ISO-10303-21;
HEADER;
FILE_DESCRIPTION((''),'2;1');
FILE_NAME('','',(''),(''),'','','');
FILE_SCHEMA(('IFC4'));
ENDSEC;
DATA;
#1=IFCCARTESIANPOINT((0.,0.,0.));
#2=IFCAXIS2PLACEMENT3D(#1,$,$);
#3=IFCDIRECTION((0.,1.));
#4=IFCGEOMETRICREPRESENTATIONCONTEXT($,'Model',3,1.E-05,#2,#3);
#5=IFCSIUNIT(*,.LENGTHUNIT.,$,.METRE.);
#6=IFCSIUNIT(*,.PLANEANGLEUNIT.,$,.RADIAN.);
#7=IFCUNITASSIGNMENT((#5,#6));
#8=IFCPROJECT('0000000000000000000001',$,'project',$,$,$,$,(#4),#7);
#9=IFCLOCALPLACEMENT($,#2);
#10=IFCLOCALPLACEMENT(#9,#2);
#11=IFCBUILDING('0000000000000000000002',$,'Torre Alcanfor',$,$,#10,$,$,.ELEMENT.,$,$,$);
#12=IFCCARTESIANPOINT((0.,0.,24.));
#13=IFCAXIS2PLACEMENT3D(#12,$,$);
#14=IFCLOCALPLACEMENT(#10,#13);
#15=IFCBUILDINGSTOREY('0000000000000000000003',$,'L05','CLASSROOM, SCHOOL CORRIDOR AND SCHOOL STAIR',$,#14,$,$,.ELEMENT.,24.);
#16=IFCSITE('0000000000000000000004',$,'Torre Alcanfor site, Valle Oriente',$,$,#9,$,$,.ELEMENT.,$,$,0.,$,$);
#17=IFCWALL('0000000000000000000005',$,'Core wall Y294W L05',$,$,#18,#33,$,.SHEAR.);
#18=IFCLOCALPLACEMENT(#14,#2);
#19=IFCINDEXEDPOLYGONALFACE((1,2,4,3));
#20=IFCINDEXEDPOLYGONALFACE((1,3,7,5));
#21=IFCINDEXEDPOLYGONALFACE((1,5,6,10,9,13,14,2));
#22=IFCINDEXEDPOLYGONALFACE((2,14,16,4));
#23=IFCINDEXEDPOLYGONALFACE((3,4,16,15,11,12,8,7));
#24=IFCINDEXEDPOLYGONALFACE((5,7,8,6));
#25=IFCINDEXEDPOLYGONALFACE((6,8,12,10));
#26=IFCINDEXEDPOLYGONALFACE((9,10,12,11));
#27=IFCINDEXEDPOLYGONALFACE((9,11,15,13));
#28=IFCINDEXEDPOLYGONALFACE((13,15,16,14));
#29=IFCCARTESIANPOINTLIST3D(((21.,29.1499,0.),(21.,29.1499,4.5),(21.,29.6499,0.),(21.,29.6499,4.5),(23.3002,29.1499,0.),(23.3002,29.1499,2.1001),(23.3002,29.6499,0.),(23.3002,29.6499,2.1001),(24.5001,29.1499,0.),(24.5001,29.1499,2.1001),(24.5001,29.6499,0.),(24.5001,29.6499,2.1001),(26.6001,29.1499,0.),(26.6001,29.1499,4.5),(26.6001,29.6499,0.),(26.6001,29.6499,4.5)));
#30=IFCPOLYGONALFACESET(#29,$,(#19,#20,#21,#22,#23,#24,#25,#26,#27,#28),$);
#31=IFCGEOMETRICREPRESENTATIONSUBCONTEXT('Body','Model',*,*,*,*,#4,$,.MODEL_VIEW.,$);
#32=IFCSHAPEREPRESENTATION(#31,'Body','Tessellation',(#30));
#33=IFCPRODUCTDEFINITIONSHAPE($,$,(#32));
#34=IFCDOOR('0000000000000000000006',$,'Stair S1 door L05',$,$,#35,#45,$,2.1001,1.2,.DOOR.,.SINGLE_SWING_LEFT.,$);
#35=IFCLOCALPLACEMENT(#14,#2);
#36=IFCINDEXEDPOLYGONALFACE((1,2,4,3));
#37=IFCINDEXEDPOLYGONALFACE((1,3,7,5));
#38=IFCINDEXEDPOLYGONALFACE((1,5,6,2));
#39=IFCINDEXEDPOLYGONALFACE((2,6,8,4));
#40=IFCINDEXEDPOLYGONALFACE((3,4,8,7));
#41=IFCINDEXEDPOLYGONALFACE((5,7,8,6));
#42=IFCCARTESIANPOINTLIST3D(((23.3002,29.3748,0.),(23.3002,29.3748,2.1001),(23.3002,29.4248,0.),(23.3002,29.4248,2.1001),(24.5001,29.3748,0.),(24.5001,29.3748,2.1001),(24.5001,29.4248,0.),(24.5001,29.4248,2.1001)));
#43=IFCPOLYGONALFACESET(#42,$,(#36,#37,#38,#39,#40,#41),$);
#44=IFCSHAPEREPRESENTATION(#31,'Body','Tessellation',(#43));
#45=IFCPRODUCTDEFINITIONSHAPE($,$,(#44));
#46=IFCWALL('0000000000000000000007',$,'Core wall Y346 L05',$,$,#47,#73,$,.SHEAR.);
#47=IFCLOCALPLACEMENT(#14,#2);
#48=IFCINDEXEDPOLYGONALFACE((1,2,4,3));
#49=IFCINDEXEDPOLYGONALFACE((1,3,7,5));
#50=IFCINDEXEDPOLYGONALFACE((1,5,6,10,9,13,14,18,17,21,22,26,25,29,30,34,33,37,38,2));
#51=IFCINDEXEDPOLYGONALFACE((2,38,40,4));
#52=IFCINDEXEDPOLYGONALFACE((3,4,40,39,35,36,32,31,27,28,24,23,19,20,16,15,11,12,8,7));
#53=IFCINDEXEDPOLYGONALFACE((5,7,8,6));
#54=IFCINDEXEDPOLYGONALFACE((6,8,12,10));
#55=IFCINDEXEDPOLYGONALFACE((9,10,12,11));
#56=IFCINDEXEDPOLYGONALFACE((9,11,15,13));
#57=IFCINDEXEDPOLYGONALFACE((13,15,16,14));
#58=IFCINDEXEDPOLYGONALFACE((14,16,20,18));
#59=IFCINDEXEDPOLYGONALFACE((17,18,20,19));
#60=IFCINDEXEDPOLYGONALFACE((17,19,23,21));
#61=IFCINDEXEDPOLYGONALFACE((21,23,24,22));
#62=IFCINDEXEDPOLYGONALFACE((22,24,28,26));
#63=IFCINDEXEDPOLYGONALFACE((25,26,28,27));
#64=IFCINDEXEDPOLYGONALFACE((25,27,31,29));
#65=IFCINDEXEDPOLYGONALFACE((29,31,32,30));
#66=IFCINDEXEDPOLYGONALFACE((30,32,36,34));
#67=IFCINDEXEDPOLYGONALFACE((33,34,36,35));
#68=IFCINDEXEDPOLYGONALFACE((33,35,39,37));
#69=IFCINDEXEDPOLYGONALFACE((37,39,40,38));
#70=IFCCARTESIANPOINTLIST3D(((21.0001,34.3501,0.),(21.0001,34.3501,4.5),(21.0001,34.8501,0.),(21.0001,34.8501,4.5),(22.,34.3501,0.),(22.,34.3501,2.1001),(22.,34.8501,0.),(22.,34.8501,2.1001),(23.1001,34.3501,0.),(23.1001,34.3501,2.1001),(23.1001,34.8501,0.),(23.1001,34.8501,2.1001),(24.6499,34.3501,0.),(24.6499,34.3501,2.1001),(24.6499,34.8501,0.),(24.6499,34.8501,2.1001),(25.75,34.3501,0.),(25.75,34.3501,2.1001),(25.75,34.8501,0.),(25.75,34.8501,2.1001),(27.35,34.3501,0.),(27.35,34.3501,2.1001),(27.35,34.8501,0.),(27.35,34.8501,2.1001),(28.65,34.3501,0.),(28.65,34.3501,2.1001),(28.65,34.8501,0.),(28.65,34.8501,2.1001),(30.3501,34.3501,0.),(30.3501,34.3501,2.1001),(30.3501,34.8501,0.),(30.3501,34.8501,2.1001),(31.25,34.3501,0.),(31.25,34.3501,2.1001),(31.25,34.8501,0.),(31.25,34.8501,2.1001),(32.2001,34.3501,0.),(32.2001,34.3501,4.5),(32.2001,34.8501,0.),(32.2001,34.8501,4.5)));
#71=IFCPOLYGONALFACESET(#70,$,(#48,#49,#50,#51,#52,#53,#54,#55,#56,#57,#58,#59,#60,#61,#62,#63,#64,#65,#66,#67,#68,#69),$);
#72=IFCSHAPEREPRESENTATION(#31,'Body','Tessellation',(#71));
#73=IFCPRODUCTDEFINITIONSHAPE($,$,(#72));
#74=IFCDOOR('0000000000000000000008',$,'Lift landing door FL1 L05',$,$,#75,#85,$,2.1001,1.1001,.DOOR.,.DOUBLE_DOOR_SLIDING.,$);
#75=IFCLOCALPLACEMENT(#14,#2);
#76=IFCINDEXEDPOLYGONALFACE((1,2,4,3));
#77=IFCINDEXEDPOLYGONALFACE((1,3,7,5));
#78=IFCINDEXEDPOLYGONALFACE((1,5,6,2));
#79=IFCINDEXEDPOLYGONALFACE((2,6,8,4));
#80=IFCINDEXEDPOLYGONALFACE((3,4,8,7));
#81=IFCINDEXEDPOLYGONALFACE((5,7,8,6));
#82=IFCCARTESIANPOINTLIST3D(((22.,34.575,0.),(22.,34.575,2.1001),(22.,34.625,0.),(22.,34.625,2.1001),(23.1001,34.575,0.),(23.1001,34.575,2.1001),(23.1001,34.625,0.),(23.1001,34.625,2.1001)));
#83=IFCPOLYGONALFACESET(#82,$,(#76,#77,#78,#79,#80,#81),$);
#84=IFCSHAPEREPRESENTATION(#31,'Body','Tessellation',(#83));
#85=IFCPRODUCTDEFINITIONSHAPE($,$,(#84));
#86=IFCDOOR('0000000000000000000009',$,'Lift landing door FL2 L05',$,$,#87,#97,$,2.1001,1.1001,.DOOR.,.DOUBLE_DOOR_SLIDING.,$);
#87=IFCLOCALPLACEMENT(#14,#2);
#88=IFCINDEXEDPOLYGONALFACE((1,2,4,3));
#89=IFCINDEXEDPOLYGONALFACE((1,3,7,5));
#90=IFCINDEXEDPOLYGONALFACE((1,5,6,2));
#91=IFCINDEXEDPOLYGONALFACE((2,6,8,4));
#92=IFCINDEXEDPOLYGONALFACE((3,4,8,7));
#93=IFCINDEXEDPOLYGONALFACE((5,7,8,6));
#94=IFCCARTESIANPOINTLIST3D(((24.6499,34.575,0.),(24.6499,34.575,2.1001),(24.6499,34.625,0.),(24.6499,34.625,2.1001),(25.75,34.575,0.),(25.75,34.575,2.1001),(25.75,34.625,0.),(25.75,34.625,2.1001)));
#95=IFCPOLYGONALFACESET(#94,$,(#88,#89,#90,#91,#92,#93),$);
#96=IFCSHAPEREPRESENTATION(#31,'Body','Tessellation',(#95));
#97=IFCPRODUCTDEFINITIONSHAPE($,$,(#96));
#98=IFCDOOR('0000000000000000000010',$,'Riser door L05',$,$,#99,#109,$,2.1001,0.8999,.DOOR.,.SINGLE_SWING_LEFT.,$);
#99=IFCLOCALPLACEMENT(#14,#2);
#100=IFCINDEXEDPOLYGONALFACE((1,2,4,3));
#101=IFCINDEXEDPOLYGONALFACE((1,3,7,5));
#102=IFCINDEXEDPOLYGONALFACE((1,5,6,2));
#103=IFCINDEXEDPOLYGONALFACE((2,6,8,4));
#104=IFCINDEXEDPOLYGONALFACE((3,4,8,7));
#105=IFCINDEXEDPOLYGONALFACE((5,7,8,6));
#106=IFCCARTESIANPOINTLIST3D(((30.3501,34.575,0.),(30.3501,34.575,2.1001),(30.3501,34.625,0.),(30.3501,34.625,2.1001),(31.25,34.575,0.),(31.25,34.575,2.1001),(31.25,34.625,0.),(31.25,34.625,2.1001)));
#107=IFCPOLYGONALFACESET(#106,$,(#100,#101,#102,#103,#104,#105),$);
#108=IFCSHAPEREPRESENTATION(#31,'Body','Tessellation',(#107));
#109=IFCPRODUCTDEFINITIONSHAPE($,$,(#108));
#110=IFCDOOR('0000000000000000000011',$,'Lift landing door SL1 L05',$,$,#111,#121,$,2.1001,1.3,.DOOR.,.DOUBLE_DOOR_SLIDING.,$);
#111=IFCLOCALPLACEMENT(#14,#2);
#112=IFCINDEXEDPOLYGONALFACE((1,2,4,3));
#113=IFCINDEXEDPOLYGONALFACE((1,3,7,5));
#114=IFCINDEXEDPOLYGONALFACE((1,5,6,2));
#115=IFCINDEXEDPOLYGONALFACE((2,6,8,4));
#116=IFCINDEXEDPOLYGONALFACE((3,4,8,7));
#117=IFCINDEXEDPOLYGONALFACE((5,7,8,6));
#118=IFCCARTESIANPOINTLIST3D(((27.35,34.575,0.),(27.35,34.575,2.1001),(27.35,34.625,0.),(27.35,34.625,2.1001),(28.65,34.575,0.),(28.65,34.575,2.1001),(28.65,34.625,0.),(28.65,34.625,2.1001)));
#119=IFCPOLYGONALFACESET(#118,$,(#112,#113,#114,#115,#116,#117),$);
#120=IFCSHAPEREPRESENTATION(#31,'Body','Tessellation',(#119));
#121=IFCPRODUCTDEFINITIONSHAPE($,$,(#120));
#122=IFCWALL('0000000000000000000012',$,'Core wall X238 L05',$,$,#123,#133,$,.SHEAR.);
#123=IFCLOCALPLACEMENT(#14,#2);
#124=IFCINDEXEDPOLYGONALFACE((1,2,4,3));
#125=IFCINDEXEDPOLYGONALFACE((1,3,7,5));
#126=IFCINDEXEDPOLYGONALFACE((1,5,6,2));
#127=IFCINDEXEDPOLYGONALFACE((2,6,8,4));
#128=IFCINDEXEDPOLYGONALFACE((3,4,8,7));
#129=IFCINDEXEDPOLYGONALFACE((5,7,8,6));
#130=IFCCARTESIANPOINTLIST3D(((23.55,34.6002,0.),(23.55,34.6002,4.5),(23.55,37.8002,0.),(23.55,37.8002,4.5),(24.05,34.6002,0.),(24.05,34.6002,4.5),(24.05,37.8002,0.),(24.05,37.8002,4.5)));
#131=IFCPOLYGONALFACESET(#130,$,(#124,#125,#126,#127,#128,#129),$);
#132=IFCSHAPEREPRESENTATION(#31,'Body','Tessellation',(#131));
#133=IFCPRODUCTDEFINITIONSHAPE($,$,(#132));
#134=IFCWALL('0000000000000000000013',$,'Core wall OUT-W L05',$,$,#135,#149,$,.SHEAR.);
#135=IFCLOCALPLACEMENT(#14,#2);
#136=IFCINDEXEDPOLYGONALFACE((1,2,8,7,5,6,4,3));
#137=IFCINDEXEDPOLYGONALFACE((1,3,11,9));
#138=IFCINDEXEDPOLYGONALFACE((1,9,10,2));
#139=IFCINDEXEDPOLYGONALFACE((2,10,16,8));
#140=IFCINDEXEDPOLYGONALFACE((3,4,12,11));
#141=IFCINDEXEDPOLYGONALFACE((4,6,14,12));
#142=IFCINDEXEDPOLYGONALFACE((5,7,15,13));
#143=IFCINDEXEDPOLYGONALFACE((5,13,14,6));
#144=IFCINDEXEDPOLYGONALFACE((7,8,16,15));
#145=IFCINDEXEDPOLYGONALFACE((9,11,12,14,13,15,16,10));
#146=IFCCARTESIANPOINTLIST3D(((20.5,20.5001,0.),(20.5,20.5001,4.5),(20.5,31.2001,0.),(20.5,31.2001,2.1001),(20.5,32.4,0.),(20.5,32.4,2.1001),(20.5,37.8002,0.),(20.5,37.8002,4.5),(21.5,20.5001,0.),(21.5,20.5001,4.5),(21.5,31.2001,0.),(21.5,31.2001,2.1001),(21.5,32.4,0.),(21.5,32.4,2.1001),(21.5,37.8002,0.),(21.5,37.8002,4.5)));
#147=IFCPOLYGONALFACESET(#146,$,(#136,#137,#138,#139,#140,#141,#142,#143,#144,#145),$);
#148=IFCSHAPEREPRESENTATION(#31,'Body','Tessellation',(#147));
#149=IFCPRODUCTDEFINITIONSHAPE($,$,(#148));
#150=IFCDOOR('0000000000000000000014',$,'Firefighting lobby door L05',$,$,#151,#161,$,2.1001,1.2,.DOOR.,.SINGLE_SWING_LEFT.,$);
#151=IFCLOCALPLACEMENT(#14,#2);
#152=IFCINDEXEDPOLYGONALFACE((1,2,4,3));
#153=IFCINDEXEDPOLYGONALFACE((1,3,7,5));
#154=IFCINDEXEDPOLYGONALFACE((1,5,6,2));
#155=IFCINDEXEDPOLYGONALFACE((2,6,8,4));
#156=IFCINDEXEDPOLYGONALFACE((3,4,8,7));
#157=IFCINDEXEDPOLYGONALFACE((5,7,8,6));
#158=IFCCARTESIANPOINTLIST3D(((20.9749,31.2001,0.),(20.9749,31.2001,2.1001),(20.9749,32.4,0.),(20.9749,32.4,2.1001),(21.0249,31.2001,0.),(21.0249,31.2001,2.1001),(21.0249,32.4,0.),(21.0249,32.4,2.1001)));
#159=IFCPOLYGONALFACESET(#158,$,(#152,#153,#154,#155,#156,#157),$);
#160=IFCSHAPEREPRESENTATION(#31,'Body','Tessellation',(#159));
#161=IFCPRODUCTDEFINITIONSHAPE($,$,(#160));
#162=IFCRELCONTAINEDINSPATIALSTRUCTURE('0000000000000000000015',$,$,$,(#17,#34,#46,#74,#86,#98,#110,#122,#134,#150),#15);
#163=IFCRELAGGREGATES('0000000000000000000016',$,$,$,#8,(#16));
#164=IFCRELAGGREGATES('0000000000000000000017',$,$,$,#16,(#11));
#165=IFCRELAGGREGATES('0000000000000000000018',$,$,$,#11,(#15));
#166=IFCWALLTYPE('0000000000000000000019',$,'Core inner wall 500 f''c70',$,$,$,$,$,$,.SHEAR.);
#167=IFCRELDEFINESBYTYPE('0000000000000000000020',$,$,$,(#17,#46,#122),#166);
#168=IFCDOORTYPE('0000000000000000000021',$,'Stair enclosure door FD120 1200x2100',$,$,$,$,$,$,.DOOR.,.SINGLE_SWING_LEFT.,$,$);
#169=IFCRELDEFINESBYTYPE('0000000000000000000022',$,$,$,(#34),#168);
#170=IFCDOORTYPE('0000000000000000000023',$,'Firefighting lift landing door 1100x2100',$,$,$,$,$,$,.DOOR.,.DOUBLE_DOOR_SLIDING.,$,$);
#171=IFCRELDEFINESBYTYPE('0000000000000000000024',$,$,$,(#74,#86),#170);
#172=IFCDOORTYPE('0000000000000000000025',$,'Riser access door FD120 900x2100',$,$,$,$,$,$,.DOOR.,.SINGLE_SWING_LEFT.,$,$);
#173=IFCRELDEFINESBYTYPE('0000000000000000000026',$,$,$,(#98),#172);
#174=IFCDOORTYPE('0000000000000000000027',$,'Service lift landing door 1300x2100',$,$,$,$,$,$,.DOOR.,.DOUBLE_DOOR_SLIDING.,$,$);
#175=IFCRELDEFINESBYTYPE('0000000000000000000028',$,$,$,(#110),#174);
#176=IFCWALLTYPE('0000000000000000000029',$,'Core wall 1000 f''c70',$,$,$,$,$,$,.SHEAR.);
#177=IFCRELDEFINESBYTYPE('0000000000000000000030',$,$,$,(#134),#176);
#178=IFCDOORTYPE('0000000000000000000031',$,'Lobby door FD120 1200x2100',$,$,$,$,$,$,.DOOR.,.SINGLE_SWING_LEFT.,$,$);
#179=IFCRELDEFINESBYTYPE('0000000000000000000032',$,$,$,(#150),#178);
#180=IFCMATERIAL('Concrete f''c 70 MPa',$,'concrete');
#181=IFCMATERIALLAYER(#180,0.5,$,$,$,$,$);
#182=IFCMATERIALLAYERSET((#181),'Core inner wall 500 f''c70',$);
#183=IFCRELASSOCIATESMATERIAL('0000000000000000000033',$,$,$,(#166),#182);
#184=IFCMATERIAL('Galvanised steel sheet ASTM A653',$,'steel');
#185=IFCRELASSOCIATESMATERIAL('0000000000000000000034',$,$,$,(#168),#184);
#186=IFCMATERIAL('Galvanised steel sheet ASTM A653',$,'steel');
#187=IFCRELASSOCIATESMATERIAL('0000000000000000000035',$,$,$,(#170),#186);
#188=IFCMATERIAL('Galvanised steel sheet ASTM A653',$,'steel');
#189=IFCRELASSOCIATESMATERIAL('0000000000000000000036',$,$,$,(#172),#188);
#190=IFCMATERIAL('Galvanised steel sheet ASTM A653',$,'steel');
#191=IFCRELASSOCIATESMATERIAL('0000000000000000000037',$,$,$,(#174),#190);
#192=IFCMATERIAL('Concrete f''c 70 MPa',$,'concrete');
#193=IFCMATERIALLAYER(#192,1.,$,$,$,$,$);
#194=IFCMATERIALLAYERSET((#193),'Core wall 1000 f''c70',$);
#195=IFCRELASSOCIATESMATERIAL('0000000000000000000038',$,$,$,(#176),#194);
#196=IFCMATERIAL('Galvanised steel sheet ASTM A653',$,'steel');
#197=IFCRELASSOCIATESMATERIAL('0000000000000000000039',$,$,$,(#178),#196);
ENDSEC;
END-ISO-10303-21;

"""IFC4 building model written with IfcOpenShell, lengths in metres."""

from ifc_helpers import new_model, si_unit, direction, frame, frame_2d, origin, place, context, subcontext, project, spatial, rectangle, extrude, material, layer, layer_set, type_object, element, fill, save


model = new_model("IFC4")

# Units and contexts
model_context = context("Model", 3, precision=1e-05, world=origin(), true_north=direction((0.0, 1.0)))
body_context = subcontext(model_context, "Body", "Model", "MODEL_VIEW")
ifc_project = project(units=[si_unit("LENGTHUNIT", "METRE"), si_unit("PLANEANGLEUNIT", "RADIAN")], contexts=[model_context])

# Site, building, storey
site_placement = place(None, origin())
site = spatial("IfcSite", under=ifc_project, at=site_placement, Name="Torre Alcanfor site, Valle Oriente", CompositionType="ELEMENT", RefElevation=0.0)
building_placement = place(site_placement, origin())
building = spatial("IfcBuilding", under=site, at=building_placement, Name="Torre Alcanfor", CompositionType="ELEMENT")
storey_placement = place(building_placement, frame((0.0, 0.0, 24.0)))
storey = spatial("IfcBuildingStorey", under=building, at=storey_placement, Name="L05", Description="CLASSROOM, SCHOOL CORRIDOR AND SCHOOL STAIR", CompositionType="ELEMENT", Elevation=24.0)

# Wall, opening, door
ifc_material_1 = material(Name="Concrete f'c 70 MPa", Category="concrete")
ifc_layer_1 = layer(ifc_material_1, 0.5)
ifc_layer_set_1 = layer_set([ifc_layer_1], Name="Core inner wall 500 f'c70")
wall_type_1 = type_object("IfcWallType", Name="Core inner wall 500 f'c70", PredefinedType="SHEAR", material=ifc_layer_set_1)
wall_1_placement = place(storey_placement, frame((21.0, 29.3999, 0.0), z_axis=(0.0, 0.0, 1.0), x_axis=(1.0, 0.0, 0.0)))
wall_1 = element("IfcWall", 1, at=wall_1_placement, inside=storey, type_object=wall_type_1, Name="Core wall Y294W L05", PredefinedType="SHEAR", context=body_context, shape_type="SweptSolid", body=[
    extrude(rectangle(XDim=5.6001, YDim=0.5, at=frame_2d((2.8, 0.0))), origin(), (0.0, 0.0, 1.0), 4.5),
])
opening_1_placement = place(wall_1_placement, frame((2.3, 0.0, 0.0)))
opening_1 = element("IfcOpeningElement", 2, at=opening_1_placement, cuts=wall_1, PredefinedType="OPENING", context=body_context, shape_type="SweptSolid", body=[
    extrude(rectangle(XDim=1.2, YDim=2.1001, at=frame_2d((0.6001, 1.05))), frame((0.0, 0.26, 0.0), z_axis=(0.0, -1.0, 0.0), x_axis=(1.0, 0.0, 0.0)), (0.0, 0.0, 1.0), 0.52),
])
ifc_material_2 = material(Name="Galvanised steel sheet ASTM A653", Category="steel")
door_type_1 = type_object("IfcDoorType", Name="Stair enclosure door FD120 1200x2100", OperationType="SINGLE_SWING_LEFT", PredefinedType="DOOR", material=ifc_material_2)
door_1_placement = place(opening_1_placement, frame((1.2, 0.0, 0.0), z_axis=(0.0, 0.0, 1.0), x_axis=(-1.0, 0.0, 0.0)))
door_1 = element("IfcDoor", 3, at=door_1_placement, inside=storey, type_object=door_type_1, Name="Stair S1 door L05", OperationType="SINGLE_SWING_LEFT", OverallHeight=2.1001, OverallWidth=1.2, PredefinedType="DOOR", context=body_context, shape_type="SweptSolid", body=[
    extrude(rectangle(XDim=1.2, YDim=2.1001, at=frame_2d((0.5999, 1.05))), frame((0.0, 0.0251, 0.0), z_axis=(0.0, -1.0, 0.0), x_axis=(1.0, 0.0, 0.0)), (0.0, 0.0, 1.0), 0.05),
])
fill(opening_1, door_1)

# Wall, openings, doors
wall_2_placement = place(storey_placement, frame((21.0, 34.6001, 0.0), z_axis=(0.0, 0.0, 1.0), x_axis=(1.0, 0.0, 0.0)))
wall_2 = element("IfcWall", 4, at=wall_2_placement, inside=storey, type_object=wall_type_1, Name="Core wall Y346 L05", PredefinedType="SHEAR", context=body_context, shape_type="SweptSolid", body=[
    extrude(rectangle(XDim=11.2, YDim=0.5, at=frame_2d((5.6001, 0.0))), origin(), (0.0, 0.0, 1.0), 4.5),
])
opening_2_placement = place(wall_2_placement, frame((9.3501, 0.0, 0.0)))
opening_2 = element("IfcOpeningElement", 5, at=opening_2_placement, cuts=wall_2, PredefinedType="OPENING", context=body_context, shape_type="SweptSolid", body=[
    extrude(rectangle(XDim=0.8999, YDim=2.1001, at=frame_2d((0.45, 1.05))), frame((0.0, 0.26, 0.0), z_axis=(0.0, -1.0, 0.0), x_axis=(1.0, 0.0, 0.0)), (0.0, 0.0, 1.0), 0.52),
])
opening_3_placement = place(wall_2_placement, frame((1.0, 0.0, 0.0)))
opening_3 = element("IfcOpeningElement", 6, at=opening_3_placement, cuts=wall_2, PredefinedType="OPENING", context=body_context, shape_type="SweptSolid", body=[
    extrude(rectangle(XDim=1.1001, YDim=2.1001, at=frame_2d((0.55, 1.05))), frame((0.0, 0.26, 0.0), z_axis=(0.0, -1.0, 0.0), x_axis=(1.0, 0.0, 0.0)), (0.0, 0.0, 1.0), 0.52),
])
opening_4_placement = place(wall_2_placement, frame((3.6499, 0.0, 0.0)))
opening_4 = element("IfcOpeningElement", 7, at=opening_4_placement, cuts=wall_2, PredefinedType="OPENING", context=body_context, shape_type="SweptSolid", body=[
    extrude(rectangle(XDim=1.1001, YDim=2.1001, at=frame_2d((0.55, 1.05))), frame((0.0, 0.26, 0.0), z_axis=(0.0, -1.0, 0.0), x_axis=(1.0, 0.0, 0.0)), (0.0, 0.0, 1.0), 0.52),
])
opening_5_placement = place(wall_2_placement, frame((6.3501, 0.0, 0.0)))
opening_5 = element("IfcOpeningElement", 8, at=opening_5_placement, cuts=wall_2, PredefinedType="OPENING", context=body_context, shape_type="SweptSolid", body=[
    extrude(rectangle(XDim=1.3, YDim=2.1001, at=frame_2d((0.6499, 1.05))), frame((0.0, 0.26, 0.0), z_axis=(0.0, -1.0, 0.0), x_axis=(1.0, 0.0, 0.0)), (0.0, 0.0, 1.0), 0.52),
])
ifc_material_3 = material(Name="Galvanised steel sheet ASTM A653", Category="steel")
door_type_2 = type_object("IfcDoorType", Name="Firefighting lift landing door 1100x2100", OperationType="DOUBLE_DOOR_SLIDING", PredefinedType="DOOR", material=ifc_material_3)
door_2_placement = place(opening_3_placement, origin())
door_2 = element("IfcDoor", 9, at=door_2_placement, inside=storey, type_object=door_type_2, Name="Lift landing door FL1 L05", OperationType="DOUBLE_DOOR_SLIDING", OverallHeight=2.1001, OverallWidth=1.1001, PredefinedType="DOOR", context=body_context, shape_type="SweptSolid", body=[
    extrude(rectangle(XDim=1.1001, YDim=2.1001, at=frame_2d((0.55, 1.05))), frame((0.0, 0.0249, 0.0), z_axis=(0.0, -1.0, 0.0), x_axis=(1.0, 0.0, 0.0)), (0.0, 0.0, 1.0), 0.05),
])
fill(opening_3, door_2)
door_3_placement = place(opening_4_placement, origin())
door_3 = element("IfcDoor", 10, at=door_3_placement, inside=storey, type_object=door_type_2, Name="Lift landing door FL2 L05", OperationType="DOUBLE_DOOR_SLIDING", OverallHeight=2.1001, OverallWidth=1.1001, PredefinedType="DOOR", context=body_context, shape_type="SweptSolid", body=[
    extrude(rectangle(XDim=1.1001, YDim=2.1001, at=frame_2d((0.55, 1.05))), frame((0.0, 0.0249, 0.0), z_axis=(0.0, -1.0, 0.0), x_axis=(1.0, 0.0, 0.0)), (0.0, 0.0, 1.0), 0.05),
])
fill(opening_4, door_3)
ifc_material_4 = material(Name="Galvanised steel sheet ASTM A653", Category="steel")
door_type_3 = type_object("IfcDoorType", Name="Riser access door FD120 900x2100", OperationType="SINGLE_SWING_LEFT", PredefinedType="DOOR", material=ifc_material_4)
door_4_placement = place(opening_2_placement, origin())
door_4 = element("IfcDoor", 11, at=door_4_placement, inside=storey, type_object=door_type_3, Name="Riser door L05", OperationType="SINGLE_SWING_LEFT", OverallHeight=2.1001, OverallWidth=0.8999, PredefinedType="DOOR", context=body_context, shape_type="SweptSolid", body=[
    extrude(rectangle(XDim=0.8999, YDim=2.1001, at=frame_2d((0.45, 1.05))), frame((0.0, 0.0249, 0.0), z_axis=(0.0, -1.0, 0.0), x_axis=(1.0, 0.0, 0.0)), (0.0, 0.0, 1.0), 0.05),
])
fill(opening_2, door_4)
ifc_material_5 = material(Name="Galvanised steel sheet ASTM A653", Category="steel")
door_type_4 = type_object("IfcDoorType", Name="Service lift landing door 1300x2100", OperationType="DOUBLE_DOOR_SLIDING", PredefinedType="DOOR", material=ifc_material_5)
door_5_placement = place(opening_5_placement, origin())
door_5 = element("IfcDoor", 12, at=door_5_placement, inside=storey, type_object=door_type_4, Name="Lift landing door SL1 L05", OperationType="DOUBLE_DOOR_SLIDING", OverallHeight=2.1001, OverallWidth=1.3, PredefinedType="DOOR", context=body_context, shape_type="SweptSolid", body=[
    extrude(rectangle(XDim=1.3, YDim=2.1001, at=frame_2d((0.6499, 1.05))), frame((0.0, 0.0249, 0.0), z_axis=(0.0, -1.0, 0.0), x_axis=(1.0, 0.0, 0.0)), (0.0, 0.0, 1.0), 0.05),
])
fill(opening_5, door_5)

# Wall
wall_3_placement = place(storey_placement, frame((23.8, 34.6001, 0.0), z_axis=(0.0, 0.0, 1.0), x_axis=(0.0, 1.0, 0.0)))
element("IfcWall", 13, at=wall_3_placement, inside=storey, type_object=wall_type_1, Name="Core wall X238 L05", PredefinedType="SHEAR", context=body_context, shape_type="SweptSolid", body=[
    extrude(rectangle(XDim=3.2, YDim=0.5, at=frame_2d((1.6001, 0.0))), origin(), (0.0, 0.0, 1.0), 4.5),
])

# Wall, opening, door
ifc_material_6 = material(Name="Concrete f'c 70 MPa", Category="concrete")
ifc_layer_2 = layer(ifc_material_6, 1.0)
ifc_layer_set_2 = layer_set([ifc_layer_2], Name="Core wall 1000 f'c70")
wall_type_2 = type_object("IfcWallType", Name="Core wall 1000 f'c70", PredefinedType="SHEAR", material=ifc_layer_set_2)
wall_4_placement = place(storey_placement, frame((21.0, 37.8, 0.0), z_axis=(0.0, 0.0, 1.0), x_axis=(0.0, -1.0, 0.0)))
wall_4 = element("IfcWall", 14, at=wall_4_placement, inside=storey, type_object=wall_type_2, Name="Core wall OUT-W L05", PredefinedType="SHEAR", context=body_context, shape_type="SweptSolid", body=[
    extrude(rectangle(XDim=17.3, YDim=1.0, at=frame_2d((8.6499, 0.0))), origin(), (0.0, 0.0, 1.0), 4.5),
])
opening_6_placement = place(wall_4_placement, frame((5.3999, 0.0, 0.0)))
opening_6 = element("IfcOpeningElement", 15, at=opening_6_placement, cuts=wall_4, PredefinedType="OPENING", context=body_context, shape_type="SweptSolid", body=[
    extrude(rectangle(XDim=1.2, YDim=2.1001, at=frame_2d((0.6001, 1.05))), frame((0.0, 0.51, 0.0), z_axis=(0.0, -1.0, 0.0), x_axis=(1.0, 0.0, 0.0)), (0.0, 0.0, 1.0), 1.02),
])
ifc_material_7 = material(Name="Galvanised steel sheet ASTM A653", Category="steel")
door_type_5 = type_object("IfcDoorType", Name="Lobby door FD120 1200x2100", OperationType="SINGLE_SWING_LEFT", PredefinedType="DOOR", material=ifc_material_7)
door_6_placement = place(opening_6_placement, origin())
door_6 = element("IfcDoor", 16, at=door_6_placement, inside=storey, type_object=door_type_5, Name="Firefighting lobby door L05", OperationType="SINGLE_SWING_LEFT", OverallHeight=2.1001, OverallWidth=1.2, PredefinedType="DOOR", context=body_context, shape_type="SweptSolid", body=[
    extrude(rectangle(XDim=1.2, YDim=2.1001, at=frame_2d((0.6001, 1.05))), frame((0.0, 0.0249, 0.0), z_axis=(0.0, -1.0, 0.0), x_axis=(1.0, 0.0, 0.0)), (0.0, 0.0, 1.0), 0.05),
])
fill(opening_6, door_6)

save(model, "model.ifc")
